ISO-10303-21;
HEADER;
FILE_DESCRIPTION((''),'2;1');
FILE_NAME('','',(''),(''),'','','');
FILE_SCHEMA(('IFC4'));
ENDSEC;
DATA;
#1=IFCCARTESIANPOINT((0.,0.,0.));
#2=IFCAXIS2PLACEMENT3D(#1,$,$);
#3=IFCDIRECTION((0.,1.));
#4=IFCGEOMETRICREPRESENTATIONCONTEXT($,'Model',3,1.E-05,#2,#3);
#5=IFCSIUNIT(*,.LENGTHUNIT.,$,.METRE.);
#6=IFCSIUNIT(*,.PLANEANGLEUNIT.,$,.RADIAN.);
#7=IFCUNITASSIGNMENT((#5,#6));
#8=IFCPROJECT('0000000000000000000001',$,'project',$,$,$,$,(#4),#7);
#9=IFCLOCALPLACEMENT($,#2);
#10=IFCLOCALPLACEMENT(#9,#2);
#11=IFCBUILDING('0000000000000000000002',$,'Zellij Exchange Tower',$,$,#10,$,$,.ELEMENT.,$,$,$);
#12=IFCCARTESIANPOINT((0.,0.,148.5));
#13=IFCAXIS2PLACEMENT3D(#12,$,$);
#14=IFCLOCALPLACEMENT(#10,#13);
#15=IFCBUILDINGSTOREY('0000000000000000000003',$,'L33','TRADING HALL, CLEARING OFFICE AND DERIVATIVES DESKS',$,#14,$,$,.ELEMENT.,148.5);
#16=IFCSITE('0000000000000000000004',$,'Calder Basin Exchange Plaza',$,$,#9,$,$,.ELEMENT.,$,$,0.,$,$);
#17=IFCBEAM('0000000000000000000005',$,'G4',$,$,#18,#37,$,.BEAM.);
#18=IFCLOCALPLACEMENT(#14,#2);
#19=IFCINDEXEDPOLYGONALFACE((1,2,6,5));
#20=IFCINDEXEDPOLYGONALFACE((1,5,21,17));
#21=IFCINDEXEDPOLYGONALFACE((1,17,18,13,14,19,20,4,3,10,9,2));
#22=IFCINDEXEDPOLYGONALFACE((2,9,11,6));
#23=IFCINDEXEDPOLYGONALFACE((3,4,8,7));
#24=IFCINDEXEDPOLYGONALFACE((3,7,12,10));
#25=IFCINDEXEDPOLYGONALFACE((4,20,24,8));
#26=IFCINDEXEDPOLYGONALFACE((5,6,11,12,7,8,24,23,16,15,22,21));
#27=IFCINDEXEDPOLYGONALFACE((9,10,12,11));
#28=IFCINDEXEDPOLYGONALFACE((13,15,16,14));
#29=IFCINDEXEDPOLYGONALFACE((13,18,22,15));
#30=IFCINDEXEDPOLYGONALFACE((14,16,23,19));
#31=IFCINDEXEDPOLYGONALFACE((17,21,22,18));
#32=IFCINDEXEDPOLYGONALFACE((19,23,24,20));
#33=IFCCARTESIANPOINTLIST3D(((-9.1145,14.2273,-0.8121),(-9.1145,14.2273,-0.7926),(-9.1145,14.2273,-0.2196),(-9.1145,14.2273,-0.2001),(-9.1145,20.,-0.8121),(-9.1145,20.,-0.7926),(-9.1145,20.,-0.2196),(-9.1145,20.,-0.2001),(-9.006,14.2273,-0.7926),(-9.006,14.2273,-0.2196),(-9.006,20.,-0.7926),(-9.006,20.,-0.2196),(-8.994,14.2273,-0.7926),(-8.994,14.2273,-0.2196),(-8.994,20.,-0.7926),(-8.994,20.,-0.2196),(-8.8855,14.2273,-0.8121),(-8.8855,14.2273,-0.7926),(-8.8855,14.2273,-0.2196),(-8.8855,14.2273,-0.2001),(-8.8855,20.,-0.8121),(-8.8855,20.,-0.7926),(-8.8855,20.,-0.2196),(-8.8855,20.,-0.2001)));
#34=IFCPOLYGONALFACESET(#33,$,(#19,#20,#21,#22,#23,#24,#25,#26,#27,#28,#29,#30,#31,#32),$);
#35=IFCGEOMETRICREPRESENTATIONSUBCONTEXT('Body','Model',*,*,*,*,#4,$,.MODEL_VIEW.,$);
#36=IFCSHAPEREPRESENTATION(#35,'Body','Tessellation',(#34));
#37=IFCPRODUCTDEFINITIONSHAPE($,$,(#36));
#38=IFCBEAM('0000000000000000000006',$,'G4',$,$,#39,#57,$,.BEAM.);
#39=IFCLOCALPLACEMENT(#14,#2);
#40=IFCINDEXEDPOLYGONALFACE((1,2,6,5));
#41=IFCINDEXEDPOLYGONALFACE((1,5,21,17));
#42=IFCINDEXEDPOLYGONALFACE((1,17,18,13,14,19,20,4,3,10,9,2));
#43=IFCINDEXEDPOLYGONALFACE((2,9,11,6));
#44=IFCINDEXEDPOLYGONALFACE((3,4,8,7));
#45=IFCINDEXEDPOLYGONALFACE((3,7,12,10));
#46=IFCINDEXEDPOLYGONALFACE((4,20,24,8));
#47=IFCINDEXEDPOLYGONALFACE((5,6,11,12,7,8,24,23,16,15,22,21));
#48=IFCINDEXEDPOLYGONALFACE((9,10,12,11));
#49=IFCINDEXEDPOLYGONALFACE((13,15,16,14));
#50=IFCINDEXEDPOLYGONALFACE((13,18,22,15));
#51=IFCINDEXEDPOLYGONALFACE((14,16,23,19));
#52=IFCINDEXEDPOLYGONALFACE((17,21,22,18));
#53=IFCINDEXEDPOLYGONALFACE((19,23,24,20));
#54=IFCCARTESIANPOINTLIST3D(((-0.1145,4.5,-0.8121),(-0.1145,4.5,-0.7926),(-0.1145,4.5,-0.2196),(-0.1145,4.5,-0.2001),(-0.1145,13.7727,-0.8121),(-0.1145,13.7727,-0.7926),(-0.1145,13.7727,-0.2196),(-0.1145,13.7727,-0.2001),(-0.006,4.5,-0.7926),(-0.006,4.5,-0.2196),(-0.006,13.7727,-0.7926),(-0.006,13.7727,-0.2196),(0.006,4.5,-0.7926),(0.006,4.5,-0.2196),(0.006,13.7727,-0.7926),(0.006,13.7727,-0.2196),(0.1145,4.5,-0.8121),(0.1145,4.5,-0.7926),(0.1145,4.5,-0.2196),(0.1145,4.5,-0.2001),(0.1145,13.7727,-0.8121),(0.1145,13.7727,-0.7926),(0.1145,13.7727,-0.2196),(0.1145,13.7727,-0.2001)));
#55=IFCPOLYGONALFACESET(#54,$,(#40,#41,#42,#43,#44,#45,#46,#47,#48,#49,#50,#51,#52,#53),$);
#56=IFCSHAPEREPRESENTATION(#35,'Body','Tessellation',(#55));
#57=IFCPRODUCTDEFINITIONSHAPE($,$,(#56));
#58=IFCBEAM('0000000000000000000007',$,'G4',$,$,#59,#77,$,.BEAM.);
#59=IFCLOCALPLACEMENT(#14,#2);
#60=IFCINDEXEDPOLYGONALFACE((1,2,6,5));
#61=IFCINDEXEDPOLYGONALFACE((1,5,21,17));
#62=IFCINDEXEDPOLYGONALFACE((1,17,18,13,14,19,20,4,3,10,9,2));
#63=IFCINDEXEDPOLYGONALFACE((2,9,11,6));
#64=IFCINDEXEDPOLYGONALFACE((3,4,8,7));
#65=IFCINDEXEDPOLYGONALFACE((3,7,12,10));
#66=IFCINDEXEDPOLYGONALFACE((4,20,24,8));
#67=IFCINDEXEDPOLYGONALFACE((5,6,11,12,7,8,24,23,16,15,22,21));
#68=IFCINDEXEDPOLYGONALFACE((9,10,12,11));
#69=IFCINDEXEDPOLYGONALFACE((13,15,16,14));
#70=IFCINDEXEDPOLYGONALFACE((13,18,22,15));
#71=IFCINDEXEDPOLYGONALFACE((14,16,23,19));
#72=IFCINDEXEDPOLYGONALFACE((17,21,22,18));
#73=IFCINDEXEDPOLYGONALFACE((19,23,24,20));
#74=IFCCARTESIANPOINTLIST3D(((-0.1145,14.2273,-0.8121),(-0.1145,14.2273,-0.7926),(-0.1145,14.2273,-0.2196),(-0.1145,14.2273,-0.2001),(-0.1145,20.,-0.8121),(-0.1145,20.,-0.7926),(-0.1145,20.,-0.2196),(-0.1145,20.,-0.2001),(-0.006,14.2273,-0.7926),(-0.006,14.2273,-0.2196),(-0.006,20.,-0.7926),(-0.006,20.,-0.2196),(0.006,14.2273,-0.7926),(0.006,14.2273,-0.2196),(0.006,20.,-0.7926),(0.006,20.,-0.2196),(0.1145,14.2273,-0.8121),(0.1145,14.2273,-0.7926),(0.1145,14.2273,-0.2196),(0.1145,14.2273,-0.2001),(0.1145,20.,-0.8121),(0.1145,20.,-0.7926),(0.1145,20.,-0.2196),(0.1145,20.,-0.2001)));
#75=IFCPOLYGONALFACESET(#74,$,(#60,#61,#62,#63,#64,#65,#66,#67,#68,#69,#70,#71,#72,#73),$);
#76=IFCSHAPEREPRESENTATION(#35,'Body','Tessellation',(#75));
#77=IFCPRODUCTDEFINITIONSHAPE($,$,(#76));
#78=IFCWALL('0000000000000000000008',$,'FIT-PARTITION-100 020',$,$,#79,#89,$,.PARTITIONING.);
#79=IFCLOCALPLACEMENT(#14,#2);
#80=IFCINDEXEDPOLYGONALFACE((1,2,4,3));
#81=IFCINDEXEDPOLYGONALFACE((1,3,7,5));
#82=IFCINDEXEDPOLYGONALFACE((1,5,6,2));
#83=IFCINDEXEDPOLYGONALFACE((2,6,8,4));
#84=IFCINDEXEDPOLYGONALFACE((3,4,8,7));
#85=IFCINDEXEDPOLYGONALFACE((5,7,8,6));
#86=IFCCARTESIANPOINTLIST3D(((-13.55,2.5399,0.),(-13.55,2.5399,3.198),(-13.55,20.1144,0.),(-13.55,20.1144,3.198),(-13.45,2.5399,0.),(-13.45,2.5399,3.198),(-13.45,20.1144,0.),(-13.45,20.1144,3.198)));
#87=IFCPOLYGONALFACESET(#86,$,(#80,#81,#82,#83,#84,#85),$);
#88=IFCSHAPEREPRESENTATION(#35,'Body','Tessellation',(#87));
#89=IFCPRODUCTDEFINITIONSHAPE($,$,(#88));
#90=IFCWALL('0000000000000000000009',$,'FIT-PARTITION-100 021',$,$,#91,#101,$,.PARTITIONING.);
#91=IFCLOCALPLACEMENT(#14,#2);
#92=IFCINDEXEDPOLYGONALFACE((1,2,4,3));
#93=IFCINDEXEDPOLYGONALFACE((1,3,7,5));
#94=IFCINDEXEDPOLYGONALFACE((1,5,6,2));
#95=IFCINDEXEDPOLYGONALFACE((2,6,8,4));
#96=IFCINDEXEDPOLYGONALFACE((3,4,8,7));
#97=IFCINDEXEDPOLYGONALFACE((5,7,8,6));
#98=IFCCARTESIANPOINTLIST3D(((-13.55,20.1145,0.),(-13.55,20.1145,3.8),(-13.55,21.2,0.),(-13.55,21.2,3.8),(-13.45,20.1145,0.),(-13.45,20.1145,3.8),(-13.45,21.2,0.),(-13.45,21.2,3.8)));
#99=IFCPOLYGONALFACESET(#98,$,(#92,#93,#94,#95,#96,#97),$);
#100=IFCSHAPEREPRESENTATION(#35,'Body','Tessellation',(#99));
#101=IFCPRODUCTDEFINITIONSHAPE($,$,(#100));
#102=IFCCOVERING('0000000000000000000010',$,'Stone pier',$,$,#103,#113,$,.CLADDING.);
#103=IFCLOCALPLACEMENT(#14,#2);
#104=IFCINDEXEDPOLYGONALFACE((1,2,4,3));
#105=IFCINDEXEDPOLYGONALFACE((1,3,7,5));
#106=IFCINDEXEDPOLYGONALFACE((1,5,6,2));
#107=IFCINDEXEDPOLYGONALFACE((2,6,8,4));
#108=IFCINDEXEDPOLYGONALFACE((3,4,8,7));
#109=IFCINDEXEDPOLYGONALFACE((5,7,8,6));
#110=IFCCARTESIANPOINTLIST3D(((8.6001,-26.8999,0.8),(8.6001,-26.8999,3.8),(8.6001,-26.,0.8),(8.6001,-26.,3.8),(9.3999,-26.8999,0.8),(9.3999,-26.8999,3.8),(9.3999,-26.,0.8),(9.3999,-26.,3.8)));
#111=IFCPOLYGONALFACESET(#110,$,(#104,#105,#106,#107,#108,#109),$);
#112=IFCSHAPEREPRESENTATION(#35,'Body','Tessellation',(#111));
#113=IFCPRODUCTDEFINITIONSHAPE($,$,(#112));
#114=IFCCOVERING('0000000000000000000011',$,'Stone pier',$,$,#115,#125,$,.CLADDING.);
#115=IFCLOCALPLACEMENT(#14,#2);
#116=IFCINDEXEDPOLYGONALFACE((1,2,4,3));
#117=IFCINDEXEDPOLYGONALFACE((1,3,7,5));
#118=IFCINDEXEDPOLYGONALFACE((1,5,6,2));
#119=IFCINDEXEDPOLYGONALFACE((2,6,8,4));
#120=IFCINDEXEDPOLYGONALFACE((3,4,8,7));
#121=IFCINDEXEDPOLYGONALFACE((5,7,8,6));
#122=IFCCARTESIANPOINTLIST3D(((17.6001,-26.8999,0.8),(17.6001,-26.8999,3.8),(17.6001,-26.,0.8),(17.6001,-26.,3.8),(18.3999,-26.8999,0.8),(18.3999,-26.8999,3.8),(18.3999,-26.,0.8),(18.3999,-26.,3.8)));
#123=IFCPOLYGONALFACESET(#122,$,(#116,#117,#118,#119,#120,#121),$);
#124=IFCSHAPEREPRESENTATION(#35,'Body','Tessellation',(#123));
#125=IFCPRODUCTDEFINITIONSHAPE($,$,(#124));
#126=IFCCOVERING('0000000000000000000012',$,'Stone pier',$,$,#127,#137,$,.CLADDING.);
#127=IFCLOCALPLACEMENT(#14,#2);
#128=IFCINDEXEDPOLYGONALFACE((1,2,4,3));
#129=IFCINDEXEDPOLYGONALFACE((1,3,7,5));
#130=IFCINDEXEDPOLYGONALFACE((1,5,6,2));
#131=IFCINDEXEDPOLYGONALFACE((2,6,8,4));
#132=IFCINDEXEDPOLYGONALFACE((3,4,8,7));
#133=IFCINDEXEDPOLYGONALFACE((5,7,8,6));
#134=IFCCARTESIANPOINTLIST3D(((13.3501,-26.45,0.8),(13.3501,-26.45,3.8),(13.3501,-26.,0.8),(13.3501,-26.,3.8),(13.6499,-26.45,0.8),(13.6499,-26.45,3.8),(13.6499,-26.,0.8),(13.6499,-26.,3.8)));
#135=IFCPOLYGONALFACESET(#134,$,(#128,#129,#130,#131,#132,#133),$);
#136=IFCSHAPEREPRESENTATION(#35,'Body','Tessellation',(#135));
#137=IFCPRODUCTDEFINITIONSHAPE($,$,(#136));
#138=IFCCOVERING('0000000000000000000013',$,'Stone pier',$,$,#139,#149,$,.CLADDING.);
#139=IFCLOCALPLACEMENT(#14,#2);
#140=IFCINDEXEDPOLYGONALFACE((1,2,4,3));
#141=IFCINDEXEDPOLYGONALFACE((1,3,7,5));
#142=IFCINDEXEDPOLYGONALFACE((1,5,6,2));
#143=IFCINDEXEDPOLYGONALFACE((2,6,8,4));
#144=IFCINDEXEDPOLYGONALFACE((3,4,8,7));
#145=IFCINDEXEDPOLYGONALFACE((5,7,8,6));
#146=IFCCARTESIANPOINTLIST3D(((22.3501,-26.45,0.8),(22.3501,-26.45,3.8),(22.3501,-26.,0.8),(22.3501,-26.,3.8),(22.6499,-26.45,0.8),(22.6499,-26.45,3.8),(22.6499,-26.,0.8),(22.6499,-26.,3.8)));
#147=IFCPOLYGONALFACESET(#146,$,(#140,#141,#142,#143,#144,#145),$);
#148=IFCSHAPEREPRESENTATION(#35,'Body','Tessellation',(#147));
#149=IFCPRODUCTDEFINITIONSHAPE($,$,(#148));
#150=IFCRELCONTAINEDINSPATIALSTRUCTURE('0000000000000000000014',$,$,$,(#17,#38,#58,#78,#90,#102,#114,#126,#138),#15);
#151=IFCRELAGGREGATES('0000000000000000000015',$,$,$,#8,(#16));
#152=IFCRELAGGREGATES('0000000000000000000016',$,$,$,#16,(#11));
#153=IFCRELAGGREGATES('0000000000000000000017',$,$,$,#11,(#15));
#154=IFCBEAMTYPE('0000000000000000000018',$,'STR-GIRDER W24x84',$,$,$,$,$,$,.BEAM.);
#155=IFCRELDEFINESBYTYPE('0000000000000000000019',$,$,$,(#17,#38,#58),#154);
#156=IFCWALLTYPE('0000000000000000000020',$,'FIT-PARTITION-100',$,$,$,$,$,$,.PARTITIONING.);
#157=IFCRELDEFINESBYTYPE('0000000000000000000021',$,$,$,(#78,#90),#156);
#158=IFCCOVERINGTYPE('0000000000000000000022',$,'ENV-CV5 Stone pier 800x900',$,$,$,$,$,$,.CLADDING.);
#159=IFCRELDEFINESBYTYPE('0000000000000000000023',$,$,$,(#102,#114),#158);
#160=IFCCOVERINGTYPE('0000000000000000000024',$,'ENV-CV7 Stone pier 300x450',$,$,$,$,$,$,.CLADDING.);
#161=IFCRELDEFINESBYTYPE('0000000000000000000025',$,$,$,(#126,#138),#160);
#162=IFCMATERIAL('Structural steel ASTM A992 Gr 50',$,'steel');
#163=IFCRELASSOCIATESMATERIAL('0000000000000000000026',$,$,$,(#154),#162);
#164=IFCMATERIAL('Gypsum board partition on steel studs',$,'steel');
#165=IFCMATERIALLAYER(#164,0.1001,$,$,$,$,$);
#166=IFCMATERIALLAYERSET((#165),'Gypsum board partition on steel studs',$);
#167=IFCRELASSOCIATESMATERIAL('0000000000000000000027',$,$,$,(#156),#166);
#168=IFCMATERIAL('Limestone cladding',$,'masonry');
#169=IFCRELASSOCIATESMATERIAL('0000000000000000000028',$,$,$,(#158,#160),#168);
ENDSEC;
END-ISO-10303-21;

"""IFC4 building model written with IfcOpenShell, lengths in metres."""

from ifc_helpers import new_model, si_unit, direction, frame, frame_2d, origin, origin_2d, place, context, subcontext, project, spatial, polyline, rectangle, i_section, outline, extrude, material, layer, layer_set, material_profile, profile_set, type_object, element, save


model = new_model("IFC4")

# Units and contexts
model_context = context("Model", 3, precision=1e-05, world=origin(), true_north=direction((0.0, 1.0)))
body_context = subcontext(model_context, "Body", "Model", "MODEL_VIEW")
ifc_project = project(units=[si_unit("LENGTHUNIT", "METRE"), si_unit("PLANEANGLEUNIT", "RADIAN")], contexts=[model_context])

# Site, building, storey
site_placement = place(None, origin())
site = spatial("IfcSite", under=ifc_project, at=site_placement, Name="Calder Basin Exchange Plaza", CompositionType="ELEMENT", RefElevation=0.0)
building_placement = place(site_placement, origin())
building = spatial("IfcBuilding", under=site, at=building_placement, Name="Zellij Exchange Tower", CompositionType="ELEMENT")
storey_placement = place(building_placement, frame((0.0, 0.0, 148.5)))
storey = spatial("IfcBuildingStorey", under=building, at=storey_placement, Name="L33", Description="TRADING HALL, CLEARING OFFICE AND DERIVATIVES DESKS", CompositionType="ELEMENT", Elevation=148.5)

# Beams
ifc_material_1 = material(Name="Structural steel ASTM A992 Gr 50", Category="steel")
ifc_material_profile_1 = material_profile(ifc_material_1, i_section(OverallWidth=0.229, OverallDepth=0.6121, WebThickness=0.012, FlangeThickness=0.0195, at=origin_2d()), Name="W24x84")
ifc_profile_set_1 = profile_set([ifc_material_profile_1], Name="Structural steel ASTM A992 Gr 50")
beam_type = type_object("IfcBeamType", Name="STR-GIRDER W24x84", PredefinedType="BEAM", material=ifc_profile_set_1)
beam_1_placement = place(storey_placement, frame((-9.0, 14.2273, -0.5061), z_axis=(0.0, 1.0, 0.0), x_axis=(-1.0, 0.0, 0.0)))
element("IfcBeam", 1, at=beam_1_placement, inside=storey, type_object=beam_type, Name="G4", PredefinedType="BEAM", context=body_context, shape_type="SweptSolid", body=[
    extrude(i_section(OverallWidth=0.229, OverallDepth=0.6121, WebThickness=0.012, FlangeThickness=0.0195, at=origin_2d()), origin(), (0.0, 0.0, 1.0), 5.7727),
])
beam_2_placement = place(storey_placement, frame((0.0, 4.5, -0.5061), z_axis=(0.0, 1.0, 0.0), x_axis=(-1.0, 0.0, 0.0)))
element("IfcBeam", 2, at=beam_2_placement, inside=storey, type_object=beam_type, Name="G4", PredefinedType="BEAM", context=body_context, shape_type="SweptSolid", body=[
    extrude(i_section(OverallWidth=0.229, OverallDepth=0.6121, WebThickness=0.012, FlangeThickness=0.0195, at=origin_2d()), origin(), (0.0, 0.0, 1.0), 9.2727),
])
beam_3_placement = place(storey_placement, frame((0.0, 14.2273, -0.5061), z_axis=(0.0, 1.0, 0.0), x_axis=(-1.0, 0.0, 0.0)))
element("IfcBeam", 3, at=beam_3_placement, inside=storey, type_object=beam_type, Name="G4", PredefinedType="BEAM", context=body_context, shape_type="SweptSolid", body=[
    extrude(i_section(OverallWidth=0.229, OverallDepth=0.6121, WebThickness=0.012, FlangeThickness=0.0195, at=origin_2d()), origin(), (0.0, 0.0, 1.0), 5.7727),
])

# Walls
ifc_material_2 = material(Name="Gypsum board partition on steel studs", Category="steel")
ifc_layer = layer(ifc_material_2, 0.1001)
ifc_layer_set = layer_set([ifc_layer], Name="Gypsum board partition on steel studs")
wall_type = type_object("IfcWallType", Name="FIT-PARTITION-100", PredefinedType="PARTITIONING", material=ifc_layer_set)
wall_1_placement = place(storey_placement, frame((-13.5, 2.54, 0.0), z_axis=(0.0, 0.0, 1.0), x_axis=(0.0, 1.0, 0.0)))
element("IfcWall", 4, at=wall_1_placement, inside=storey, type_object=wall_type, Name="FIT-PARTITION-100 020", PredefinedType="PARTITIONING", context=body_context, shape_type="SweptSolid", body=[
    extrude(rectangle(XDim=17.5745, YDim=0.1001, at=frame_2d((8.7871, 0.0))), origin(), (0.0, 0.0, 1.0), 3.198),
])
wall_2_placement = place(storey_placement, frame((-13.5, 20.1145, 0.0), z_axis=(0.0, 0.0, 1.0), x_axis=(0.0, 1.0, 0.0)))
element("IfcWall", 5, at=wall_2_placement, inside=storey, type_object=wall_type, Name="FIT-PARTITION-100 021", PredefinedType="PARTITIONING", context=body_context, shape_type="SweptSolid", body=[
    extrude(rectangle(XDim=1.0854, YDim=0.1001, at=frame_2d((0.5427, 0.0))), origin(), (0.0, 0.0, 1.0), 3.8),
])

# Coverings
ifc_material_3 = material(Name="Limestone cladding", Category="masonry")
covering_type_1 = type_object("IfcCoveringType", Name="ENV-CV5 Stone pier 800x900", PredefinedType="CLADDING", material=ifc_material_3)
covering_1_placement = place(storey_placement, frame((0.0, 0.0, 0.8)))
element("IfcCovering", 6, at=covering_1_placement, inside=storey, type_object=covering_type_1, Name="Stone pier", PredefinedType="CLADDING", context=body_context, shape_type="SweptSolid", body=[
    extrude(outline(polyline([(8.6001, -26.0), (9.3999, -26.0), (9.3999, -26.8999), (8.6001, -26.8999), (8.6001, -26.0)])), origin(), (0.0, 0.0, 1.0), 3.0),
])
covering_2_placement = place(storey_placement, frame((0.0, 0.0, 0.8)))
element("IfcCovering", 7, at=covering_2_placement, inside=storey, type_object=covering_type_1, Name="Stone pier", PredefinedType="CLADDING", context=body_context, shape_type="SweptSolid", body=[
    extrude(outline(polyline([(17.6001, -26.0), (18.3999, -26.0), (18.3999, -26.8999), (17.6001, -26.8999), (17.6001, -26.0)])), origin(), (0.0, 0.0, 1.0), 3.0),
])
covering_type_2 = type_object("IfcCoveringType", Name="ENV-CV7 Stone pier 300x450", PredefinedType="CLADDING", material=ifc_material_3)
covering_3_placement = place(storey_placement, frame((0.0, 0.0, 0.8)))
element("IfcCovering", 8, at=covering_3_placement, inside=storey, type_object=covering_type_2, Name="Stone pier", PredefinedType="CLADDING", context=body_context, shape_type="SweptSolid", body=[
    extrude(outline(polyline([(13.3501, -26.0), (13.6499, -26.0), (13.6499, -26.45), (13.3501, -26.45), (13.3501, -26.0)])), origin(), (0.0, 0.0, 1.0), 3.0),
])
covering_4_placement = place(storey_placement, frame((0.0, 0.0, 0.8)))
element("IfcCovering", 9, at=covering_4_placement, inside=storey, type_object=covering_type_2, Name="Stone pier", PredefinedType="CLADDING", context=body_context, shape_type="SweptSolid", body=[
    extrude(outline(polyline([(22.3501, -26.0), (22.6499, -26.0), (22.6499, -26.45), (22.3501, -26.45), (22.3501, -26.0)])), origin(), (0.0, 0.0, 1.0), 3.0),
])

save(model, "model.ifc")
